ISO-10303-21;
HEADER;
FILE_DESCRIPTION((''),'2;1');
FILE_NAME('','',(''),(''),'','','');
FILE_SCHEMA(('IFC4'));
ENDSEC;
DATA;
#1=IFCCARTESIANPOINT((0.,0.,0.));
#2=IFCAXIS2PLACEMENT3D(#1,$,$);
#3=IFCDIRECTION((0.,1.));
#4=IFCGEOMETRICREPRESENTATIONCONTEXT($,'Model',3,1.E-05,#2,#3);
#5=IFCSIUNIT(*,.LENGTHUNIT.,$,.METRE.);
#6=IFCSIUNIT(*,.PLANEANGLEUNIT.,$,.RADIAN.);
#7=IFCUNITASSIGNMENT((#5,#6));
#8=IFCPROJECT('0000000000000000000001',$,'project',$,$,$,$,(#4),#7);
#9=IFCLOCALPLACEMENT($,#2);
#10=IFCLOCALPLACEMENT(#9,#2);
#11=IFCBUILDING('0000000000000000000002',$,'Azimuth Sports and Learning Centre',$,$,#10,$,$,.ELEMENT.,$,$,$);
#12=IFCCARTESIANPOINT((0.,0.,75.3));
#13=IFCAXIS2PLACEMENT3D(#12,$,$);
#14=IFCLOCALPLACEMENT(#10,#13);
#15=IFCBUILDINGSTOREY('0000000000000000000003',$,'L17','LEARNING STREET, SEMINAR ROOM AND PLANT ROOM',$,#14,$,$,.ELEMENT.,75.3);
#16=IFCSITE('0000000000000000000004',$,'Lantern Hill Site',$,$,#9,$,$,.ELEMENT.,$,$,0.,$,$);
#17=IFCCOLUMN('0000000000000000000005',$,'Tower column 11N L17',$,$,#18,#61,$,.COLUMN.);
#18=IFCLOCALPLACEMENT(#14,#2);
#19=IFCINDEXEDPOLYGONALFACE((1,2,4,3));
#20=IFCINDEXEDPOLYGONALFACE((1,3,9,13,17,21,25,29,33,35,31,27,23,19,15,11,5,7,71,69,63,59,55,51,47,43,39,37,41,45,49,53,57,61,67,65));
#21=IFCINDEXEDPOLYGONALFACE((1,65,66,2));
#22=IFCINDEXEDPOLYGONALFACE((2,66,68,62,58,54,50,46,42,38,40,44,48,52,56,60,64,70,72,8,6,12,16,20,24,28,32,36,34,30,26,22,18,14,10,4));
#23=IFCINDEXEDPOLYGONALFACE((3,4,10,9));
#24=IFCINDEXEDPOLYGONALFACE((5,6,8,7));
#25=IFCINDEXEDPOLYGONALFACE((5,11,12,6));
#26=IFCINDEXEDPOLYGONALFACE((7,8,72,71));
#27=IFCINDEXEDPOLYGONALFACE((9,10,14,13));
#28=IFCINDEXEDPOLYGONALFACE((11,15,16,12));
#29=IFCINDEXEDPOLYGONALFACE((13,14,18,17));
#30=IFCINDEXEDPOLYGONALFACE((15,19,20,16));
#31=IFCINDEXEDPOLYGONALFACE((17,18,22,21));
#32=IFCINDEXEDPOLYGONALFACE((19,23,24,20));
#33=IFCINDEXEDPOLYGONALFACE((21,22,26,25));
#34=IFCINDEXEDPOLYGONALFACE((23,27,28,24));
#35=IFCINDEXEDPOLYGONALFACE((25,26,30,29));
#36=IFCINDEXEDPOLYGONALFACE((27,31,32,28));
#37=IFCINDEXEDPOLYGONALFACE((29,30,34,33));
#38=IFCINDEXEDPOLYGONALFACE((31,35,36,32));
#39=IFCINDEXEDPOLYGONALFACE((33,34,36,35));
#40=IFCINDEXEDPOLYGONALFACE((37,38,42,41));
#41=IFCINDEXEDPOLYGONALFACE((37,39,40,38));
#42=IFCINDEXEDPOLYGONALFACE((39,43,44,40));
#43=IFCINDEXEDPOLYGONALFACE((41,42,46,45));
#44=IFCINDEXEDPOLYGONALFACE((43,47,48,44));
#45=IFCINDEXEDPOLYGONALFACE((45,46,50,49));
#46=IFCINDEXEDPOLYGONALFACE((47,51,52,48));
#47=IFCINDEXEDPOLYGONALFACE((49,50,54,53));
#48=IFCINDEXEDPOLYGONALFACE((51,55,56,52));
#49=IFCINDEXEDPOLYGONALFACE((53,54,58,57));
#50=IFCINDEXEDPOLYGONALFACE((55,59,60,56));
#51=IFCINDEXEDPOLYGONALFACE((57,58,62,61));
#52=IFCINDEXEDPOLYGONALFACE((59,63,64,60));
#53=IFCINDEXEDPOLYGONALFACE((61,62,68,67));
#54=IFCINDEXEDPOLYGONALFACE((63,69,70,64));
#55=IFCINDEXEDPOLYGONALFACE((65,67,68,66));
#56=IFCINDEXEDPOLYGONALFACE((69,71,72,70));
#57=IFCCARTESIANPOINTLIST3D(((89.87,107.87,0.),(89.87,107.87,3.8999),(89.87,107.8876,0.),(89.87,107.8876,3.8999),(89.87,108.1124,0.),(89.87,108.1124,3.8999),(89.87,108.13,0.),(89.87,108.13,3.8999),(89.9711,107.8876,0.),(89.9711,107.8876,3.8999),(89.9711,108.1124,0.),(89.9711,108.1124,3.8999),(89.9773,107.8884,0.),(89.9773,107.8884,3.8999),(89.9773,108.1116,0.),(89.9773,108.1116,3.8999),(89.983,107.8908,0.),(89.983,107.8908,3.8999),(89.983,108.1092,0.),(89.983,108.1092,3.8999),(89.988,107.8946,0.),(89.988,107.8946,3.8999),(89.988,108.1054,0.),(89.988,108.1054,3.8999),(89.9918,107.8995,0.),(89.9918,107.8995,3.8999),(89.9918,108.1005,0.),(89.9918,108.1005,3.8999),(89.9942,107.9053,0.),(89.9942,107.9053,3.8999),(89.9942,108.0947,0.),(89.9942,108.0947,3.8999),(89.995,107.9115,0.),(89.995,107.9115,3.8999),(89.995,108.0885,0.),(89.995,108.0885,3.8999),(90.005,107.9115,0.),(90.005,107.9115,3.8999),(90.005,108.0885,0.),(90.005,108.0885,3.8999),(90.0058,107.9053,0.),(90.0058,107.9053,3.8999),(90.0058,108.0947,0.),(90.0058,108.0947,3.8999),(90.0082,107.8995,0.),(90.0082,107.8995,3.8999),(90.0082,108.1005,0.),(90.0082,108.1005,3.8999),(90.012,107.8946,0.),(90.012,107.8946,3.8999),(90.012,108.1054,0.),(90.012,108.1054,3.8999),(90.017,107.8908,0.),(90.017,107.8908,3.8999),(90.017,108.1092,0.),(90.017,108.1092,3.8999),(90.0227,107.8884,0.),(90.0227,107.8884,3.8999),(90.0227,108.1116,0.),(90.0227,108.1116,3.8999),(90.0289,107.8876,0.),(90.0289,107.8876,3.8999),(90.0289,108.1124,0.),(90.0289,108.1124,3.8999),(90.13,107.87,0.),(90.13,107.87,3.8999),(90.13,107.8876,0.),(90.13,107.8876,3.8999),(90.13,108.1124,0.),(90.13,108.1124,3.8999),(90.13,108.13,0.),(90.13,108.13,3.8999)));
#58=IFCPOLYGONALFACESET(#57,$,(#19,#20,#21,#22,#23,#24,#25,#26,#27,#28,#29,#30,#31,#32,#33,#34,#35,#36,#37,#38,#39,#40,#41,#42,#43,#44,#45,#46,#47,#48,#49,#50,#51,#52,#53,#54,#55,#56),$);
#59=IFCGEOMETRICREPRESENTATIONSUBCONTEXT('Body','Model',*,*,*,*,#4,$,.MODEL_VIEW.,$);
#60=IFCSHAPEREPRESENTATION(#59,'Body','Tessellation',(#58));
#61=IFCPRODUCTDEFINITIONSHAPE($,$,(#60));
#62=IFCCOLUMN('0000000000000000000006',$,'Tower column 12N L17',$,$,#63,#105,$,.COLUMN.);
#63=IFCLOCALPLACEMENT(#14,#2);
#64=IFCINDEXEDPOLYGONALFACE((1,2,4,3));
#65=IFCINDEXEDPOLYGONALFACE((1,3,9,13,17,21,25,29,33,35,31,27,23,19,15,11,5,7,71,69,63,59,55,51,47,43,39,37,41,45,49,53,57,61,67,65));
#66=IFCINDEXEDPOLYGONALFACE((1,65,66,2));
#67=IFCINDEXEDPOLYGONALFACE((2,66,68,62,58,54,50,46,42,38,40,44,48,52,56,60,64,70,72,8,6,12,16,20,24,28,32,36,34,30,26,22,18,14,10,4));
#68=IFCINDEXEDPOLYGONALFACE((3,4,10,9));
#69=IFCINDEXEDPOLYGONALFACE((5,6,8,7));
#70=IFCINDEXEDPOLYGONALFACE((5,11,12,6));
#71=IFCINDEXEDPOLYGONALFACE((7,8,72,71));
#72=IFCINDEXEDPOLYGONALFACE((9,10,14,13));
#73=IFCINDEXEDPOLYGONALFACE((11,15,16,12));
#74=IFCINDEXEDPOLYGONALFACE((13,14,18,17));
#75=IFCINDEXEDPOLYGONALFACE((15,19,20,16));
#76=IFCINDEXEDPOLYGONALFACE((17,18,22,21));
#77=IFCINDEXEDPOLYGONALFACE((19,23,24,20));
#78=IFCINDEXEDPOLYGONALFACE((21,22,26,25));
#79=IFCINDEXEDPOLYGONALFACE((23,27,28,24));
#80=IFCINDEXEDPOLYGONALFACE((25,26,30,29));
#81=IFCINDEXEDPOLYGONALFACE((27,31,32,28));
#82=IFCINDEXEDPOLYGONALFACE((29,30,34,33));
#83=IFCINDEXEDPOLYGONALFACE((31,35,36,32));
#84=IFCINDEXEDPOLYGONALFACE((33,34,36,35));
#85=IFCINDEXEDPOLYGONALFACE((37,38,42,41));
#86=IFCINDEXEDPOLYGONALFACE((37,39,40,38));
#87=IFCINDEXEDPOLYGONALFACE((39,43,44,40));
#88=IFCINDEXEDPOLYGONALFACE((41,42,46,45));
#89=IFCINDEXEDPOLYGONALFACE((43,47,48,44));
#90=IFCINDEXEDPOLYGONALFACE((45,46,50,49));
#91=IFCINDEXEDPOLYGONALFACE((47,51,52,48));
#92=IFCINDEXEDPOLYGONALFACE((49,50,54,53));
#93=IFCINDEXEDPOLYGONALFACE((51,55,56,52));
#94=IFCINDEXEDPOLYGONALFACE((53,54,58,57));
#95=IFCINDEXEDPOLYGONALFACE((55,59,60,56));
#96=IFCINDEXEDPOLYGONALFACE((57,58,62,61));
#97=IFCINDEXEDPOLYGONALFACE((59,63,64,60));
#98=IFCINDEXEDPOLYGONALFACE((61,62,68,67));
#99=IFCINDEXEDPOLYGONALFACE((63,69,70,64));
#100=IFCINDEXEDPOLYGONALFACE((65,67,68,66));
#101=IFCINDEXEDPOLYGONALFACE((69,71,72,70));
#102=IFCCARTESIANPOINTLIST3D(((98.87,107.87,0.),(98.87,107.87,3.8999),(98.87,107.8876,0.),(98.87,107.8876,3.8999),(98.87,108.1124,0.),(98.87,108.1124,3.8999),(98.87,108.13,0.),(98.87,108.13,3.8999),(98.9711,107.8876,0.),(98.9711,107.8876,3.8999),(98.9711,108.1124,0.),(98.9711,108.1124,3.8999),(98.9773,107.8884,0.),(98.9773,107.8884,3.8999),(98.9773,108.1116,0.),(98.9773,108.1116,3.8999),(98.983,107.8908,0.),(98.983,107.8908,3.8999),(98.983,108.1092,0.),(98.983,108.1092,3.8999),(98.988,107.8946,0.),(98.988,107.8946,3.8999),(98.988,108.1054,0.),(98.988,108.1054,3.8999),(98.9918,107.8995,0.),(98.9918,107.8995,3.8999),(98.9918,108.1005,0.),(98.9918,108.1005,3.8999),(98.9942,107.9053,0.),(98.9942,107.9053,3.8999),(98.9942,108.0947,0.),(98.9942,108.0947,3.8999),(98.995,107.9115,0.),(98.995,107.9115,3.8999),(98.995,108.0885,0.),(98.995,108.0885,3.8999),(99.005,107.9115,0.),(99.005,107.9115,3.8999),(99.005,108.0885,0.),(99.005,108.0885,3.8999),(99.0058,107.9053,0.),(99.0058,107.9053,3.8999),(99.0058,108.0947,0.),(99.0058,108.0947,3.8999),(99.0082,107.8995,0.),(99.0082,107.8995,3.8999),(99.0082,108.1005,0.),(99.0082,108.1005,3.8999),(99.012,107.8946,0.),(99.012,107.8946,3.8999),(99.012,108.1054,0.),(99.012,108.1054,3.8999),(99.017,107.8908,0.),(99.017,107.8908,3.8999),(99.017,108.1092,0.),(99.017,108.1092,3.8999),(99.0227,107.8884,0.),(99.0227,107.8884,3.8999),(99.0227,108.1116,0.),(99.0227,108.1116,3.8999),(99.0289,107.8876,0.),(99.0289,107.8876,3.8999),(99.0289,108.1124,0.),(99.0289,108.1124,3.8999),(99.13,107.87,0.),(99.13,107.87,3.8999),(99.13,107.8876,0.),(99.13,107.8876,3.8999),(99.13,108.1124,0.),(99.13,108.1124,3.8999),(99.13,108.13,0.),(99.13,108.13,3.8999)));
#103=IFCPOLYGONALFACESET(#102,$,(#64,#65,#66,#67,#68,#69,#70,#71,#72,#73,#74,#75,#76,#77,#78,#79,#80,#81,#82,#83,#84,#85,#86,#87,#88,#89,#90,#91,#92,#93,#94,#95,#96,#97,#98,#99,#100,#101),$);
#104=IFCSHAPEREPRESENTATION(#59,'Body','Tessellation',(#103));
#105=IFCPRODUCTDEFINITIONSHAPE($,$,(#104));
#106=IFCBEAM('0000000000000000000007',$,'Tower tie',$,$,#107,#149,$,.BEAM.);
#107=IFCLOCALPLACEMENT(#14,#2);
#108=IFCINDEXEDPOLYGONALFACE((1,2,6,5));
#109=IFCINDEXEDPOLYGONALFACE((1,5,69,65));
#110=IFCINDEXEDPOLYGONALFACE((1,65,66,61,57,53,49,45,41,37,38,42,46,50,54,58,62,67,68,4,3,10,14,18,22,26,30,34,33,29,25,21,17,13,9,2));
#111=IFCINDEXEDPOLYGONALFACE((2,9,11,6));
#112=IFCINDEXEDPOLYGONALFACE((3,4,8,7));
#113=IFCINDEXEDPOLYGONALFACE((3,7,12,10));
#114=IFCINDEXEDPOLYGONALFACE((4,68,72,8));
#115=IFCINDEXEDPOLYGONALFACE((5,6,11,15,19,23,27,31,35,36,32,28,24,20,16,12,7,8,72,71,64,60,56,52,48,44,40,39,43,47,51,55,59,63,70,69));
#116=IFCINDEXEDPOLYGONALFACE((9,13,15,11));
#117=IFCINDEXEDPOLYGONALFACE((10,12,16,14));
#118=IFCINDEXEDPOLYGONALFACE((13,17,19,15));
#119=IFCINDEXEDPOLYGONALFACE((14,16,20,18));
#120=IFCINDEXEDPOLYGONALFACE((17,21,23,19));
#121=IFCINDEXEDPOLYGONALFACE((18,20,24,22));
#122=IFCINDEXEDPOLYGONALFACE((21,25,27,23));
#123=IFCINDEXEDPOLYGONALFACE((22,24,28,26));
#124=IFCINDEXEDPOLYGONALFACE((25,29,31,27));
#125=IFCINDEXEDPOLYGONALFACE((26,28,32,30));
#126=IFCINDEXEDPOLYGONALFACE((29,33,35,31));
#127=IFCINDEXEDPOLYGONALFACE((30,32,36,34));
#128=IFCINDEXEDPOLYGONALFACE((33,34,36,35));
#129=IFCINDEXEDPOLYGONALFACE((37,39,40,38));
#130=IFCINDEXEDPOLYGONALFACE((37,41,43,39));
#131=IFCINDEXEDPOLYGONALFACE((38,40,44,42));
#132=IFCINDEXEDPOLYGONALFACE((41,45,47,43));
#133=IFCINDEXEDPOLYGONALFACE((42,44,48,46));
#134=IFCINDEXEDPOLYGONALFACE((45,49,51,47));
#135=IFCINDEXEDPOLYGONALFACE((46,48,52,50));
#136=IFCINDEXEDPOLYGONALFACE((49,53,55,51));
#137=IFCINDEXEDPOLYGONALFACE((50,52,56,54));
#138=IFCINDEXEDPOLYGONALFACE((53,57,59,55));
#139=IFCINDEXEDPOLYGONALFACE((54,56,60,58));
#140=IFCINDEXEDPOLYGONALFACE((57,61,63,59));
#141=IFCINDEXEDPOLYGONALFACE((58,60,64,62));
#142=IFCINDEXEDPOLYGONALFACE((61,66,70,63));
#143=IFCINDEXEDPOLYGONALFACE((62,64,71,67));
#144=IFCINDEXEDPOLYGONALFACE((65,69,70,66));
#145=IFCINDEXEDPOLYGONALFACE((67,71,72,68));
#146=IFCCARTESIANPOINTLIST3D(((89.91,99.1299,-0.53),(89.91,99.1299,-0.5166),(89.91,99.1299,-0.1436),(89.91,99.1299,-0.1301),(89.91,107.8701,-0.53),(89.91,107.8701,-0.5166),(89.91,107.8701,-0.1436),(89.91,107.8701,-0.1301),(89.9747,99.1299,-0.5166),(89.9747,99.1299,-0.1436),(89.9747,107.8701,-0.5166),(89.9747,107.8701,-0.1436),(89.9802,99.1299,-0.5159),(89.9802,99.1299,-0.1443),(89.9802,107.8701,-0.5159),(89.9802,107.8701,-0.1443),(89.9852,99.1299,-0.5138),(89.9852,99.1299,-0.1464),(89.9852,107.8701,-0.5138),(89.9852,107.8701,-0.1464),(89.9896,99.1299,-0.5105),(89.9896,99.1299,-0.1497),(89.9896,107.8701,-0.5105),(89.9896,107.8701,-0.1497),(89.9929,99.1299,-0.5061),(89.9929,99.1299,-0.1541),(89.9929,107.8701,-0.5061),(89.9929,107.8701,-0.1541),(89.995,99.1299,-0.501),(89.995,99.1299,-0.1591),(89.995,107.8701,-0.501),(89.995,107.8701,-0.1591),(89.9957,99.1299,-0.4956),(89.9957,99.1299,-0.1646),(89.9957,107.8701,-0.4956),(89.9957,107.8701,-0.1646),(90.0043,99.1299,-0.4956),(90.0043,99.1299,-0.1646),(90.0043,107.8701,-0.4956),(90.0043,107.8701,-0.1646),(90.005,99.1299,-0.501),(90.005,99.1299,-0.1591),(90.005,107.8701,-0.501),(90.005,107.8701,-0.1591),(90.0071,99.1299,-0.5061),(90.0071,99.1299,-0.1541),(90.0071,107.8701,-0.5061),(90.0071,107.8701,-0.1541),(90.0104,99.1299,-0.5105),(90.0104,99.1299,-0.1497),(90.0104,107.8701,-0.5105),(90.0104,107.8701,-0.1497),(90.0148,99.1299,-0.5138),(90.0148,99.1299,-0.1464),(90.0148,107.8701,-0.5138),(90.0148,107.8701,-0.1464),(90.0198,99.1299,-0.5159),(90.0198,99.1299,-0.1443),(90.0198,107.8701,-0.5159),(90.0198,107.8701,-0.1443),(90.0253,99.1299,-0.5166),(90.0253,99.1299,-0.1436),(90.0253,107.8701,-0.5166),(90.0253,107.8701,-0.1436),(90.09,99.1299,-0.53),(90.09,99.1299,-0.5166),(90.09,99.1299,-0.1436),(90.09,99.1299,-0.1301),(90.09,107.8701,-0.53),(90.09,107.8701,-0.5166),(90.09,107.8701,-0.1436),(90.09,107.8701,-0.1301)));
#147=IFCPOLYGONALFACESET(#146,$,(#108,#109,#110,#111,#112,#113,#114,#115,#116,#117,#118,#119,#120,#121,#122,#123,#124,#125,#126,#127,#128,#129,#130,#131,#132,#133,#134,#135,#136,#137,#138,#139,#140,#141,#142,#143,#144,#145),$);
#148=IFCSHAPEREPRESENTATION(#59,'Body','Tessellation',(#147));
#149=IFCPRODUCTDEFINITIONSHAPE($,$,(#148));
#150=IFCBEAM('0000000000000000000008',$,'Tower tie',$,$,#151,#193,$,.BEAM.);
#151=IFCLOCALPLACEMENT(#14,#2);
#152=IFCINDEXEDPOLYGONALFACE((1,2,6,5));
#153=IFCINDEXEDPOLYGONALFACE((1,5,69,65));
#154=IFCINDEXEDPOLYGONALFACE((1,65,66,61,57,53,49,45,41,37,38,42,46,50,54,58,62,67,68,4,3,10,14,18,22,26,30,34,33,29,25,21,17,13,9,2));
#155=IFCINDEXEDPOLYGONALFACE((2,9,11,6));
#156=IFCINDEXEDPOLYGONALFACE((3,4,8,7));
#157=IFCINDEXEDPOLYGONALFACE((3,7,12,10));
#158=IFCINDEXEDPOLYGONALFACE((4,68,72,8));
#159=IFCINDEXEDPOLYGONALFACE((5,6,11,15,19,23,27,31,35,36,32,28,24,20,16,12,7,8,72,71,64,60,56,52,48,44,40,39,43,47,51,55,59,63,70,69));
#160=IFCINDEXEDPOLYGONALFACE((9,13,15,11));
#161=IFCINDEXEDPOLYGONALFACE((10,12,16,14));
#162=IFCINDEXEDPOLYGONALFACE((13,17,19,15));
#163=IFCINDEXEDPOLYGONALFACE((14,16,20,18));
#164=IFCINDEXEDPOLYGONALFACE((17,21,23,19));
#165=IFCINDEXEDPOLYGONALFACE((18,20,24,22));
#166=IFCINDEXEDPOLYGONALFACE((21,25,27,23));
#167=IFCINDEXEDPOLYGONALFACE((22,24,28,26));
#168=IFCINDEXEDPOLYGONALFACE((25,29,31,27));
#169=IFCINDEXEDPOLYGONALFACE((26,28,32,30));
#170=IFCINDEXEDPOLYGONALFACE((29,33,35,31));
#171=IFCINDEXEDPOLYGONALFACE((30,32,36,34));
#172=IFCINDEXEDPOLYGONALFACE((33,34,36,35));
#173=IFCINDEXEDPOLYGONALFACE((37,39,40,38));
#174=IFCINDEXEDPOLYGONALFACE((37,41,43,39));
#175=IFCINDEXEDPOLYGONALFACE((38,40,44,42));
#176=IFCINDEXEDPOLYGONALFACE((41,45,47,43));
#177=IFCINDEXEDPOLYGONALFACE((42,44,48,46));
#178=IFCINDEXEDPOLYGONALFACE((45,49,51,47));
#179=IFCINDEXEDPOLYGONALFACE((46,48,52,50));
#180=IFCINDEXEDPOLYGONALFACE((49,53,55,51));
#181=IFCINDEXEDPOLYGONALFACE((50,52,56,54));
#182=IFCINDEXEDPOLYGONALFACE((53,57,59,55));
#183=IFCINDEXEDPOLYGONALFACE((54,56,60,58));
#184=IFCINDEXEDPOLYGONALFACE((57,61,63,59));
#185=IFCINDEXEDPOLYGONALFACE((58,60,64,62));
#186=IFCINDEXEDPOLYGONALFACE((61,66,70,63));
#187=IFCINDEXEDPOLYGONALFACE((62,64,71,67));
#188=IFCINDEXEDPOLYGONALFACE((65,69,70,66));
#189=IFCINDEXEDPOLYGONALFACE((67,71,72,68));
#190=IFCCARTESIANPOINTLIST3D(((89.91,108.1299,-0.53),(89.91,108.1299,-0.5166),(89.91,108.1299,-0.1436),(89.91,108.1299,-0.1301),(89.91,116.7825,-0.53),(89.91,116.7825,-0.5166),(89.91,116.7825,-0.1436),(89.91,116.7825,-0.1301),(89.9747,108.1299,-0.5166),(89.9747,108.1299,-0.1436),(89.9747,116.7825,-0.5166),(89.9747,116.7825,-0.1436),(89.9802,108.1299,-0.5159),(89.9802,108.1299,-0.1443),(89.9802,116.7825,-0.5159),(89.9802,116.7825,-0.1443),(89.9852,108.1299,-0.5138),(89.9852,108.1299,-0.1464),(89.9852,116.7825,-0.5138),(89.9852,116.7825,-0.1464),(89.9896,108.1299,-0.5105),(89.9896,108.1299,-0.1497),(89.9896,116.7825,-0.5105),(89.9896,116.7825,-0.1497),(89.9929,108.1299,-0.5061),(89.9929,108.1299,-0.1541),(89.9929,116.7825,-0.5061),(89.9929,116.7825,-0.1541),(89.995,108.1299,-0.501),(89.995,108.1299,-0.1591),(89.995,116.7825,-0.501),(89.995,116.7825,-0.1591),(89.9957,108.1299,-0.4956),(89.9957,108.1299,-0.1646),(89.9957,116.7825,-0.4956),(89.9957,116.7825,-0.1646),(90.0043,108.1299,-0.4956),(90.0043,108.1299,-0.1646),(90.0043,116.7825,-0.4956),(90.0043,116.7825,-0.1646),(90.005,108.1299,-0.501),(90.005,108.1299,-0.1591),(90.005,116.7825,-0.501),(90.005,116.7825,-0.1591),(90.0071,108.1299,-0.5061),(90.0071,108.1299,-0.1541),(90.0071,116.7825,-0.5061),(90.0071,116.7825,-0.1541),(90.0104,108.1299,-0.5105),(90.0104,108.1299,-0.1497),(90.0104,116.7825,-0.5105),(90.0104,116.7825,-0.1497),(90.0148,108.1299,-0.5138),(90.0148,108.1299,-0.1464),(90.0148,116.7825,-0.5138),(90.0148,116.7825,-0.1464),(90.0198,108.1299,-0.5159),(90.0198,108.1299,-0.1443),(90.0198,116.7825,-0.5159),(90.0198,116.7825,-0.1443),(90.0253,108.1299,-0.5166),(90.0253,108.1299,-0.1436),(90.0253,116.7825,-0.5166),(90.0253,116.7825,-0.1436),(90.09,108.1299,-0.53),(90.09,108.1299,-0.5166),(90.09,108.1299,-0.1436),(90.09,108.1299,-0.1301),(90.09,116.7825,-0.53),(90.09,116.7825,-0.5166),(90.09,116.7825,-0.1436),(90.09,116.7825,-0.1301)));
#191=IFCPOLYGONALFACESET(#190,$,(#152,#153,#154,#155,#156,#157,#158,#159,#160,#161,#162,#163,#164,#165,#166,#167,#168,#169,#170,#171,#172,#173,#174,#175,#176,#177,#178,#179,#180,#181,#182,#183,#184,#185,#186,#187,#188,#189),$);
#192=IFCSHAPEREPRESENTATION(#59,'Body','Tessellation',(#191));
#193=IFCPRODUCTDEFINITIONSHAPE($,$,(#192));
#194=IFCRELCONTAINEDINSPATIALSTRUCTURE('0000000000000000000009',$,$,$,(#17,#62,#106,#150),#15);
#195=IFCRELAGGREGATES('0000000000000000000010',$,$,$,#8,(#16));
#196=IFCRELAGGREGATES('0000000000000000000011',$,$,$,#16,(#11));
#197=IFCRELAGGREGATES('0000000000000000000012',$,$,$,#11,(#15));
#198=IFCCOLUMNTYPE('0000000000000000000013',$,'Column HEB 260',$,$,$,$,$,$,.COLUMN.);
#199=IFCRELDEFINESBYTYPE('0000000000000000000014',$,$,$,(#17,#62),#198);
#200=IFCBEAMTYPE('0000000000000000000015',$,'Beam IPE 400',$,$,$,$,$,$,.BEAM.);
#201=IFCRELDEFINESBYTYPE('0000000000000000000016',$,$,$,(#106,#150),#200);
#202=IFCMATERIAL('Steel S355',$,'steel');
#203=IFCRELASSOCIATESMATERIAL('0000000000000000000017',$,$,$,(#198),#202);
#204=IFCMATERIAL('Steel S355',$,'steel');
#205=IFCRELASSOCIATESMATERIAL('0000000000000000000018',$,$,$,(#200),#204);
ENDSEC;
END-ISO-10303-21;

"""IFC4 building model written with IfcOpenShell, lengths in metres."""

from ifc_helpers import new_model, si_unit, direction, frame, origin, origin_2d, place, context, subcontext, project, spatial, i_section, extrude, material, material_profile, profile_set, type_object, element, save


model = new_model("IFC4")

# Units and contexts
model_context = context("Model", 3, precision=1e-05, world=origin(), true_north=direction((0.0, 1.0)))
body_context = subcontext(model_context, "Body", "Model", "MODEL_VIEW")
ifc_project = project(units=[si_unit("LENGTHUNIT", "METRE"), si_unit("PLANEANGLEUNIT", "RADIAN")], contexts=[model_context])

# Site, building, storey
site_placement = place(None, origin())
site = spatial("IfcSite", under=ifc_project, at=site_placement, Name="Lantern Hill Site", CompositionType="ELEMENT", RefElevation=0.0)
building_placement = place(site_placement, origin())
building = spatial("IfcBuilding", under=site, at=building_placement, Name="Azimuth Sports and Learning Centre", CompositionType="ELEMENT")
storey_placement = place(building_placement, frame((0.0, 0.0, 75.3)))
storey = spatial("IfcBuildingStorey", under=building, at=storey_placement, Name="L17", Description="LEARNING STREET, SEMINAR ROOM AND PLANT ROOM", CompositionType="ELEMENT", Elevation=75.3)

# Columns
ifc_material_1 = material(Name="Steel S355", Category="steel")
ifc_material_profile_1 = material_profile(ifc_material_1, i_section(OverallWidth=0.26, OverallDepth=0.26, WebThickness=0.01, FlangeThickness=0.0176, FilletRadius=0.0239, at=origin_2d()), Name="HEB 260")
ifc_profile_set_1 = profile_set([ifc_material_profile_1], Name="Steel S355")
column_type = type_object("IfcColumnType", Name="Column HEB 260", PredefinedType="COLUMN", material=ifc_profile_set_1)
for number, where, z_axis, x_axis, name in (
    (1, (90.0, 108.0, 0.0), (0.0, 0.0, 1.0), (1.0, 0.0, 0.0), "Tower column 11N L17"),
    (2, (99.0, 108.0, 0.0), (0.0, 0.0, 1.0), (1.0, 0.0, 0.0), "Tower column 12N L17"),
):
    element("IfcColumn", number, at=place(storey_placement, frame(where, z_axis=z_axis, x_axis=x_axis)), inside=storey, type_object=column_type, Name=name, PredefinedType="COLUMN", context=body_context, shape_type="SweptSolid", body=[
        extrude(i_section(OverallWidth=0.26, OverallDepth=0.26, WebThickness=0.01, FlangeThickness=0.0176, FilletRadius=0.0239, at=origin_2d()), origin(), (0.0, 0.0, 1.0), 3.8999),
    ])

# Beams
ifc_material_2 = material(Name="Steel S355", Category="steel")
ifc_material_profile_2 = material_profile(ifc_material_2, i_section(OverallWidth=0.1799, OverallDepth=0.3999, WebThickness=0.0085, FlangeThickness=0.0134, FilletRadius=0.021, at=origin_2d()), Name="IPE 400")
ifc_profile_set_2 = profile_set([ifc_material_profile_2], Name="Steel S355")
beam_type_1 = type_object("IfcBeamType", Name="Beam IPE 400", PredefinedType="BEAM", material=ifc_profile_set_2)
beam_1_placement = place(storey_placement, frame((90.0, 99.1299, -0.3301), z_axis=(0.0, 1.0, 0.0), x_axis=(-1.0, 0.0, 0.0)))
element("IfcBeam", 3, at=beam_1_placement, inside=storey, type_object=beam_type_1, Name="Tower tie", PredefinedType="BEAM", context=body_context, shape_type="SweptSolid", body=[
    extrude(i_section(OverallWidth=0.1799, OverallDepth=0.3999, WebThickness=0.0085, FlangeThickness=0.0134, FilletRadius=0.021, at=origin_2d()), origin(), (0.0, 0.0, 1.0), 8.7402),
])
beam_2_placement = place(storey_placement, frame((90.0, 108.1299, -0.3301), z_axis=(0.0, 1.0, 0.0), x_axis=(-1.0, 0.0, 0.0)))
element("IfcBeam", 4, at=beam_2_placement, inside=storey, type_object=beam_type_1, Name="Tower tie", PredefinedType="BEAM", context=body_context, shape_type="SweptSolid", body=[
    extrude(i_section(OverallWidth=0.1799, OverallDepth=0.3999, WebThickness=0.0085, FlangeThickness=0.0134, FilletRadius=0.021, at=origin_2d()), origin(), (0.0, 0.0, 1.0), 8.6526),
])

save(model, "model.ifc")
